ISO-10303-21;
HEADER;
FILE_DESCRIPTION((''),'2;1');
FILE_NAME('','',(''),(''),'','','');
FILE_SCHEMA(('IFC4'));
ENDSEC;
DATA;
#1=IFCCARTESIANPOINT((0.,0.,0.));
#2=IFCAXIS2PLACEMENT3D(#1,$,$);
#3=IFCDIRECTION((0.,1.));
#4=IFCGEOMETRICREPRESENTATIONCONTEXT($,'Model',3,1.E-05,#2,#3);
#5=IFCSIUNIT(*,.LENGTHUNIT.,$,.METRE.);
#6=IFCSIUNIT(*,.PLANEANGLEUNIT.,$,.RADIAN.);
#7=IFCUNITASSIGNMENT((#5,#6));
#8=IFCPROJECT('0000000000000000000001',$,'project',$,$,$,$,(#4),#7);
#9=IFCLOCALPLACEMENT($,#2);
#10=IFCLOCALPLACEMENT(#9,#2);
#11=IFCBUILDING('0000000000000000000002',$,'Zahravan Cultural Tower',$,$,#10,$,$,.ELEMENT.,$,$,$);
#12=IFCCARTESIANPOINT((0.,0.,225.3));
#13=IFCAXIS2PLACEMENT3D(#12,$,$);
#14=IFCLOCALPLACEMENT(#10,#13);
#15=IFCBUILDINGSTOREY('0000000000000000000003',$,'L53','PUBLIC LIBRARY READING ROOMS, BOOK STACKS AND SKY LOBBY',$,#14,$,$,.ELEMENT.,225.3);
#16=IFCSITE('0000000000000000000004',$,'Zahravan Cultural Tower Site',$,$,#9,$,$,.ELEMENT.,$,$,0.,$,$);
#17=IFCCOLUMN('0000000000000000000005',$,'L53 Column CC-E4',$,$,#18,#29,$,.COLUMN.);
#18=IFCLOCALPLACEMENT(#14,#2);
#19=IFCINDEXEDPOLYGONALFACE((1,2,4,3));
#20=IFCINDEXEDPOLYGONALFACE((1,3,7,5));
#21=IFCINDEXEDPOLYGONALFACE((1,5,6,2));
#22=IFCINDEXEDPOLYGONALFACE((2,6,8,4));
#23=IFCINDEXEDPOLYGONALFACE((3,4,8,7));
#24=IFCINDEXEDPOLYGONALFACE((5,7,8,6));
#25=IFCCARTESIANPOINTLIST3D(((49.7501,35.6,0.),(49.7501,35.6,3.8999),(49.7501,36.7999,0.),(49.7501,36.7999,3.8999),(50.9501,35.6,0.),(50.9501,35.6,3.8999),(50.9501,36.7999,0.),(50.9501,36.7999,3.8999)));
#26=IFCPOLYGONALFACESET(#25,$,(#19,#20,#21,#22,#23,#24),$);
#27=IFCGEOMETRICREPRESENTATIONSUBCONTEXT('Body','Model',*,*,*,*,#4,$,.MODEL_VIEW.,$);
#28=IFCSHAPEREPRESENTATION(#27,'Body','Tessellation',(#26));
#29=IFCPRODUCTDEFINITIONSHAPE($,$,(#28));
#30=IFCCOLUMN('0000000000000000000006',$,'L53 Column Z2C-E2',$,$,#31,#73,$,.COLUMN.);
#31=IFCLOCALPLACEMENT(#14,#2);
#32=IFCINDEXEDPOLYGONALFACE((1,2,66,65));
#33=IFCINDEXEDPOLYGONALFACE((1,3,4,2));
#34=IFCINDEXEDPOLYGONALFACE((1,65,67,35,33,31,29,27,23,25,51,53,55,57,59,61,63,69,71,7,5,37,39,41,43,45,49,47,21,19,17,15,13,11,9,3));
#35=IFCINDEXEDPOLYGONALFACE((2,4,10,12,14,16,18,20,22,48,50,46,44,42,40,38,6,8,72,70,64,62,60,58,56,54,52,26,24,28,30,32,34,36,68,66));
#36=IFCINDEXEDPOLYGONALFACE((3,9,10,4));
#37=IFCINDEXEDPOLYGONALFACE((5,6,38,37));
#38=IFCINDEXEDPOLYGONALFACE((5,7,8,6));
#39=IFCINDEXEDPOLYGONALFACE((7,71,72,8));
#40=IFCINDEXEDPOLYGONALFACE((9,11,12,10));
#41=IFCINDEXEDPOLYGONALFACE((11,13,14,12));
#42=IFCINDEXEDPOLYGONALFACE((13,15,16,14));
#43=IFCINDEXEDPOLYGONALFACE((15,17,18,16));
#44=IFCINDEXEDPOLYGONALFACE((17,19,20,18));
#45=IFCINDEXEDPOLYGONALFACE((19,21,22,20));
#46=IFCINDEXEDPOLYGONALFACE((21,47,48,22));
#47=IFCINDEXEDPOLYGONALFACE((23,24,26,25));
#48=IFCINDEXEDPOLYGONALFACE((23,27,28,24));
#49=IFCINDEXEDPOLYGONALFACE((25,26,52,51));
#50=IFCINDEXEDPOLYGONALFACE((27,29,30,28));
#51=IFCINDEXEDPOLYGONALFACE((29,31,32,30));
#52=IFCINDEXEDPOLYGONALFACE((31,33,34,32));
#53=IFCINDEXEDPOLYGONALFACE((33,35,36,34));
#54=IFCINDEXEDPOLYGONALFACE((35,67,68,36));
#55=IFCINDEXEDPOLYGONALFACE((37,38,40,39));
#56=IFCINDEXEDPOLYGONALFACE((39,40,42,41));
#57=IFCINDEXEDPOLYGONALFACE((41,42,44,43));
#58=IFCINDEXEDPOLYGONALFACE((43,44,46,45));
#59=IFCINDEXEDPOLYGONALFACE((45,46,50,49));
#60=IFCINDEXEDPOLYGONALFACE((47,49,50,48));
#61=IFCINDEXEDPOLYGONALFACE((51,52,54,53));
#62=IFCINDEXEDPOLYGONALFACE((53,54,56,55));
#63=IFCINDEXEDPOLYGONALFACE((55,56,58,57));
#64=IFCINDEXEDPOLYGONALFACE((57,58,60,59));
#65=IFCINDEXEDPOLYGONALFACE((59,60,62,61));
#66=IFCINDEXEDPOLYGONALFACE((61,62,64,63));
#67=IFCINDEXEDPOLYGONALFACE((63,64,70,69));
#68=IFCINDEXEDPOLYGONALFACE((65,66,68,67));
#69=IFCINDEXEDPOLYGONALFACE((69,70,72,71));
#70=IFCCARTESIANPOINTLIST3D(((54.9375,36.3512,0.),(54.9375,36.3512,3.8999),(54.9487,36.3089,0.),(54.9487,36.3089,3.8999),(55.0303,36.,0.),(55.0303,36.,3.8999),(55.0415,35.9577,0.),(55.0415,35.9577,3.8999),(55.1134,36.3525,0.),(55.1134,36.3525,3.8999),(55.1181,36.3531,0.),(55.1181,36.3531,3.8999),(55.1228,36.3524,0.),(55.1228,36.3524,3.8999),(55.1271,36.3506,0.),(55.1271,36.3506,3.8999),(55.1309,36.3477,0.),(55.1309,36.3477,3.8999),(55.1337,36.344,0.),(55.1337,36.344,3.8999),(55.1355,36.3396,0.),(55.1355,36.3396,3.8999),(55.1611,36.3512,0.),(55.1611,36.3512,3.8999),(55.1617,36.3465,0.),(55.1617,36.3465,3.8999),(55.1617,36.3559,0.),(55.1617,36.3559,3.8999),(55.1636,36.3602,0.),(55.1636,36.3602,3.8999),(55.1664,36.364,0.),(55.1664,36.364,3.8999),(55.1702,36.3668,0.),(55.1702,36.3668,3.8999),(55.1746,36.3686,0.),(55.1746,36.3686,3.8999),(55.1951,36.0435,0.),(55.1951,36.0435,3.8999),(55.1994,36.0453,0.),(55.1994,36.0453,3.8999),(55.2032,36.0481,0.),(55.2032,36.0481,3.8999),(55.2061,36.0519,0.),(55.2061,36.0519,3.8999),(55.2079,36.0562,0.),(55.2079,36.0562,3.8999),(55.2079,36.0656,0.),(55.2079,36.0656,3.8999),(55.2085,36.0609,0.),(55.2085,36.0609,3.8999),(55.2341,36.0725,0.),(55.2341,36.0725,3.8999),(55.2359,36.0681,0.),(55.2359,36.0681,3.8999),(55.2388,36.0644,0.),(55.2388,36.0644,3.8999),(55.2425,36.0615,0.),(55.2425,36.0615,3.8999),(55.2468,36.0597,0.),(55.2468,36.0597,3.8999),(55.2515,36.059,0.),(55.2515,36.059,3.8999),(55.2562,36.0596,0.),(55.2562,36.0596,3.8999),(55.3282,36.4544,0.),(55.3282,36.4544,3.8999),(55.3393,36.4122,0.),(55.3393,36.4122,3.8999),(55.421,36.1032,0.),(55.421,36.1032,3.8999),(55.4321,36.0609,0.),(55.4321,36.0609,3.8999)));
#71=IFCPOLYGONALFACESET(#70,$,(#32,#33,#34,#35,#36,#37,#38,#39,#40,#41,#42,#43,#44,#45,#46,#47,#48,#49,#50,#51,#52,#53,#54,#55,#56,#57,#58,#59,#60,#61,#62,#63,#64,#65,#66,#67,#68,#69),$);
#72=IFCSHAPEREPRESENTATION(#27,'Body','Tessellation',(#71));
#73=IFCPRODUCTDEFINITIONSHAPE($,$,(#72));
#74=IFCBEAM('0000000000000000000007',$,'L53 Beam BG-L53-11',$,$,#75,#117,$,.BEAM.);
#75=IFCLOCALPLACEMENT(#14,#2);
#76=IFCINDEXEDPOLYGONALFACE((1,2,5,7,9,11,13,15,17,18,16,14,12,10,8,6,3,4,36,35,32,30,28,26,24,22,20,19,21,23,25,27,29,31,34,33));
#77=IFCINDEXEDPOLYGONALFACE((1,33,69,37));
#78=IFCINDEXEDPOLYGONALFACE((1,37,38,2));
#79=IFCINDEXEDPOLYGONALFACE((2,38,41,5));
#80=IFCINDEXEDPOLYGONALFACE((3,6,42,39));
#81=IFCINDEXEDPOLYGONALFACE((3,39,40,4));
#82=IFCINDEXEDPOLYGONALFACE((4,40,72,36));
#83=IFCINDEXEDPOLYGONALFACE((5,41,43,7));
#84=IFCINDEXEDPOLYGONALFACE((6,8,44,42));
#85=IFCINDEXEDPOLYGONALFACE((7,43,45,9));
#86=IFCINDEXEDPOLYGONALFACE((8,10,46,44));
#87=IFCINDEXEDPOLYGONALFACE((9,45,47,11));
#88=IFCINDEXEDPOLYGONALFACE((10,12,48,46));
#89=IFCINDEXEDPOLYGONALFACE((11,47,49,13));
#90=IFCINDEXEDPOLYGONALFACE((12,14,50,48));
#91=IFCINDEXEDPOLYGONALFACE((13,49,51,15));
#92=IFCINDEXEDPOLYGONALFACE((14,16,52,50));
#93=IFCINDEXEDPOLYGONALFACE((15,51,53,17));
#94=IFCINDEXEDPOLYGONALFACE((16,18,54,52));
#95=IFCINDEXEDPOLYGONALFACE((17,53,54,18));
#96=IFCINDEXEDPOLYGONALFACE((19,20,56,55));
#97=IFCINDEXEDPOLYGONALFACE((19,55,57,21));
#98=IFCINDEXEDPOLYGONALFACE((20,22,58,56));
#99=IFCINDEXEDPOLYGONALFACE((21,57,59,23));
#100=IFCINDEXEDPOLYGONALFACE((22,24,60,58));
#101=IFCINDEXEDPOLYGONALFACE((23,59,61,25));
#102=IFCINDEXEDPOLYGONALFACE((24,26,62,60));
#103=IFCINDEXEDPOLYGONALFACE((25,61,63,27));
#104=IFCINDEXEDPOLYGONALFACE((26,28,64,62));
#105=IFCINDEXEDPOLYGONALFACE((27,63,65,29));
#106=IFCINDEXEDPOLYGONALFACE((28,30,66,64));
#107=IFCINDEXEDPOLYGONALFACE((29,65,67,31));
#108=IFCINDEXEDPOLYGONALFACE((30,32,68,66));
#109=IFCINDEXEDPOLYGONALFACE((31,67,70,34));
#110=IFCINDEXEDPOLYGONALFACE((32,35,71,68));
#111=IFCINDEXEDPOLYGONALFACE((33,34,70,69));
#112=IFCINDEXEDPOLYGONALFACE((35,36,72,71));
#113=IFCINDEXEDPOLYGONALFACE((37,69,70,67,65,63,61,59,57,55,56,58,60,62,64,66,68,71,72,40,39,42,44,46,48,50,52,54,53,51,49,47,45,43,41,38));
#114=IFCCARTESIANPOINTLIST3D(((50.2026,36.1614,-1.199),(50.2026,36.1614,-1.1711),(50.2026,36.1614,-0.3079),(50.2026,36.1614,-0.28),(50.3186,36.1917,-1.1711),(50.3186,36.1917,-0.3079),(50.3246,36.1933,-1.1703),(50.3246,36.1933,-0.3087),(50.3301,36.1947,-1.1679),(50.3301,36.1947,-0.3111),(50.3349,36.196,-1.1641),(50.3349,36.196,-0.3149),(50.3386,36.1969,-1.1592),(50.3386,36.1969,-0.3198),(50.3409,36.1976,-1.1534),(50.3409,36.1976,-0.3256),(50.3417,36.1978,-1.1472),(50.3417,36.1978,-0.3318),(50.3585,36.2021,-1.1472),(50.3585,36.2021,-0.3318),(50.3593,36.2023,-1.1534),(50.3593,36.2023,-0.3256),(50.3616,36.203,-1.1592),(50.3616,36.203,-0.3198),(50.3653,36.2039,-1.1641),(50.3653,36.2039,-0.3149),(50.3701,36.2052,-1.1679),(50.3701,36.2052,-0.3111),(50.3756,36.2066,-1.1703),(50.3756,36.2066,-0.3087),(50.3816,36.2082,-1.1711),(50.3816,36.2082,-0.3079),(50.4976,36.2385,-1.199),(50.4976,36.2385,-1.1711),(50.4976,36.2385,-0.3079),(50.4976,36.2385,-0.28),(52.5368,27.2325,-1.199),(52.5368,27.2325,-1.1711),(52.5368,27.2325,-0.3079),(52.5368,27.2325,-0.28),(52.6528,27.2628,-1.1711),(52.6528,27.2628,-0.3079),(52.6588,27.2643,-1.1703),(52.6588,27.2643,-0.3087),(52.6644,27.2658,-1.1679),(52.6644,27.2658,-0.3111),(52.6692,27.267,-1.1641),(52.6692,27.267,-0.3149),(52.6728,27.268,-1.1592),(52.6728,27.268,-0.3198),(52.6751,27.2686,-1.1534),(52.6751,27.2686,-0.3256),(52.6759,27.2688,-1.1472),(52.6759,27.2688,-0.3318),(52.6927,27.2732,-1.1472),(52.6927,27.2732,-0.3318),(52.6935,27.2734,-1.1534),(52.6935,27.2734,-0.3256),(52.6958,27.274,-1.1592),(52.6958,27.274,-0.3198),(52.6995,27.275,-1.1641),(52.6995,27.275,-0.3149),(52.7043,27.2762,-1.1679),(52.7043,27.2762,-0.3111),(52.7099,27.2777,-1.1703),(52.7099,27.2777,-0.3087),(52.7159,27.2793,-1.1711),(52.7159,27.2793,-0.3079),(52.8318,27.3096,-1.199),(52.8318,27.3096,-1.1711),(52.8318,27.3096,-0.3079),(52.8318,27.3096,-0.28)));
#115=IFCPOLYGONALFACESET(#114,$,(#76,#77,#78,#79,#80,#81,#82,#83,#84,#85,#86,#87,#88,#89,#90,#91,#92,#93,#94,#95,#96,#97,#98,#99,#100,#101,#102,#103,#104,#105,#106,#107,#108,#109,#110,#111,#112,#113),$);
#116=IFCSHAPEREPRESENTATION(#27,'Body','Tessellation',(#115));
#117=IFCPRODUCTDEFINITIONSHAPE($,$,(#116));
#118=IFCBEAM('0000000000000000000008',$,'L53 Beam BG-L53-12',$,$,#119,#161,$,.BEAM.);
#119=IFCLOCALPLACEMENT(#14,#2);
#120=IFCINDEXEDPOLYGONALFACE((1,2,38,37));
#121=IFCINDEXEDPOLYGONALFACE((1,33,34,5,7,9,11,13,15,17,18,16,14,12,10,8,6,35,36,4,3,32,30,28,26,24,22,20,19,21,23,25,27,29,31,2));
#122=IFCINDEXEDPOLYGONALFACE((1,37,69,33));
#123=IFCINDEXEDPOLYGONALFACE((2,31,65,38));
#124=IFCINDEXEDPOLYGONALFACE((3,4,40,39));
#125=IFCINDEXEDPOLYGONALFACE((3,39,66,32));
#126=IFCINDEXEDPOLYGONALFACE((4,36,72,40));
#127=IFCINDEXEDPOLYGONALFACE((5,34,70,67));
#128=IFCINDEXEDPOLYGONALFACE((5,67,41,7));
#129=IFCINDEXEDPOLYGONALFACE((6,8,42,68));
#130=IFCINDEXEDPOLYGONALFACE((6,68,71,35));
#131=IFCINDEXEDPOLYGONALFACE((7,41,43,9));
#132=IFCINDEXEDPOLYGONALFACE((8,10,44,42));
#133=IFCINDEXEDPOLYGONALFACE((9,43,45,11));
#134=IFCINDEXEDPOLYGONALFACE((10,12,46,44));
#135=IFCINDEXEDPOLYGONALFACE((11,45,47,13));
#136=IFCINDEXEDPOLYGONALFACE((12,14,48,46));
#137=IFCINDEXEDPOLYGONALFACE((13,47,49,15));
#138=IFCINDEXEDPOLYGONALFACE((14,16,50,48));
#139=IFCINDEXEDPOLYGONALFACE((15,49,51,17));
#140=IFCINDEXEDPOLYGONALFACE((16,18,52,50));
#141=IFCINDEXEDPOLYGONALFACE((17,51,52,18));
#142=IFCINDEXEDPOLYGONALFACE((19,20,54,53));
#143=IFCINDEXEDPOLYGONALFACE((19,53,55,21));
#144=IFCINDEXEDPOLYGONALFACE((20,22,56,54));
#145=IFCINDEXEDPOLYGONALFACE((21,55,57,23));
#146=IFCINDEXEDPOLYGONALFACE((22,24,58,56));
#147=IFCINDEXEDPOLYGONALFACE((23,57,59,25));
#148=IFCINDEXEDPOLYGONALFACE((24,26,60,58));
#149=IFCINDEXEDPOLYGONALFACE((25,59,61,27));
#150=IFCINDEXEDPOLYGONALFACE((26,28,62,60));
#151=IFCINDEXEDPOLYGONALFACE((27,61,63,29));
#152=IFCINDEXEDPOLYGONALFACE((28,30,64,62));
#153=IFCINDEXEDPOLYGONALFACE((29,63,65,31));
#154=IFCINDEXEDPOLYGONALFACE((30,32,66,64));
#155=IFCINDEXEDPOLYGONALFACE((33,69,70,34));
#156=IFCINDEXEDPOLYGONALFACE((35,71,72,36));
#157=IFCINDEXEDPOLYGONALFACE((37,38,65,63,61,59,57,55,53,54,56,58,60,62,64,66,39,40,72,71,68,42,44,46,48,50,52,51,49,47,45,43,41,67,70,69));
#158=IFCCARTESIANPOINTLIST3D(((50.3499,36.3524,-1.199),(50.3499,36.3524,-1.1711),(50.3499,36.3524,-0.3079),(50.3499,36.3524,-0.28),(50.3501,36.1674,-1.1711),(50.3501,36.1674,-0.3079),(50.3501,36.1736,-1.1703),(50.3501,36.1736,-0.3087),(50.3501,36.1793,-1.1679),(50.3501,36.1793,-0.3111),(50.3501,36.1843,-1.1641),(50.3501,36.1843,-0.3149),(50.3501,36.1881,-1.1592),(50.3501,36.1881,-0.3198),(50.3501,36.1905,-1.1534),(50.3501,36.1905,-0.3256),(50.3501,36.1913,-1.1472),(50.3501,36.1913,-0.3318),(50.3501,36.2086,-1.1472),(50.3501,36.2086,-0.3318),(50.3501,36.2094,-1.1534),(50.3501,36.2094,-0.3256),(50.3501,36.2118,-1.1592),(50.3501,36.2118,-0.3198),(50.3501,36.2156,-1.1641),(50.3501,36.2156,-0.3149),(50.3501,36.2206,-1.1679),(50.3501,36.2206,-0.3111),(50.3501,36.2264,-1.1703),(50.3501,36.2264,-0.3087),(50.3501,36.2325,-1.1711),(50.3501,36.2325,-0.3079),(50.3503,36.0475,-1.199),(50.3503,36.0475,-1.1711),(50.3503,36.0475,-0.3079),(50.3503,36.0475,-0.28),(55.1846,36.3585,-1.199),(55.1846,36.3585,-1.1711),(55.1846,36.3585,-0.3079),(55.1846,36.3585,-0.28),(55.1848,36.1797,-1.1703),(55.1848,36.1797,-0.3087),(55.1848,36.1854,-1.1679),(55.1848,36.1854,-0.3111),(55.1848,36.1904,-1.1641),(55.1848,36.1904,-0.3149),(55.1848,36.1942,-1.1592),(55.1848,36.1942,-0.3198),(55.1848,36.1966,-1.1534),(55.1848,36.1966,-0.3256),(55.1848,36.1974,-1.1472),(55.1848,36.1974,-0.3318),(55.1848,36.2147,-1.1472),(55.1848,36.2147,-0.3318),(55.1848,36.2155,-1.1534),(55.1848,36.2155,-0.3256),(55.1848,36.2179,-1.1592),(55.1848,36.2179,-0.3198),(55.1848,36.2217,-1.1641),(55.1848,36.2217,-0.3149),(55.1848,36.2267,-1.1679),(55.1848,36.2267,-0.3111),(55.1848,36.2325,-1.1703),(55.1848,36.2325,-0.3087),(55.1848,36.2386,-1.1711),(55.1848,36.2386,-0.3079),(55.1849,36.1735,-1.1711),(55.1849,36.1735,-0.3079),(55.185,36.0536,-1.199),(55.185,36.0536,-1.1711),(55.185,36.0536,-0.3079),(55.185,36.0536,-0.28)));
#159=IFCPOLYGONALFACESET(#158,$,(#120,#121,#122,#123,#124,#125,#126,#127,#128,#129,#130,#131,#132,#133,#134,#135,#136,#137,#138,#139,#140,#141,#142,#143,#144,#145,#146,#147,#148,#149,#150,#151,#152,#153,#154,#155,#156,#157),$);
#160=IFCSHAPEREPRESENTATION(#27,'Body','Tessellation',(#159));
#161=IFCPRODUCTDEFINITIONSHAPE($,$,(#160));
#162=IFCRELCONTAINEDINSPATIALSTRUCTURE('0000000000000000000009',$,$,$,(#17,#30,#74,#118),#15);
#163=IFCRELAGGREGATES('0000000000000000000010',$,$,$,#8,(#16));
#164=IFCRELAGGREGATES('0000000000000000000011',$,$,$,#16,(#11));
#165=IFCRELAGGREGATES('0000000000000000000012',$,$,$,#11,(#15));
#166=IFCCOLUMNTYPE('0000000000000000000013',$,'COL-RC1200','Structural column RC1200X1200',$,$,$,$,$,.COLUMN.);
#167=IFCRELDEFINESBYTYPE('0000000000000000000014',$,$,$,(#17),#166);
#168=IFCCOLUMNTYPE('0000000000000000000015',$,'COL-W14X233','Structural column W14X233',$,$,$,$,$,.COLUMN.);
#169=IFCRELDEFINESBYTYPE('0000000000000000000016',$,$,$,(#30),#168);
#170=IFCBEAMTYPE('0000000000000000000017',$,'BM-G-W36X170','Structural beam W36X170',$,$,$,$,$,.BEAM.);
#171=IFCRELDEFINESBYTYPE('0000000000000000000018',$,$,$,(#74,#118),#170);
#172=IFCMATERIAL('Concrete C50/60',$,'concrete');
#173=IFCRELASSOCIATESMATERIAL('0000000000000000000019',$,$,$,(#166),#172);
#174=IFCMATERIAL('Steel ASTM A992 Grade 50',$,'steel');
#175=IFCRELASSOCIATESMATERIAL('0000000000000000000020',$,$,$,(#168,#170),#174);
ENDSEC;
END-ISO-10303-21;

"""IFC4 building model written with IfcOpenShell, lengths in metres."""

from ifc_helpers import new_model, si_unit, direction, frame, origin, origin_2d, place, context, subcontext, project, spatial, rectangle, i_section, extrude, source, transform, mapped, material, material_profile, profile_set, type_object, element, save


model = new_model("IFC4")

# Units and contexts
model_context = context("Model", 3, precision=1e-05, world=origin(), true_north=direction((0.0, 1.0)))
body_context = subcontext(model_context, "Body", "Model", "MODEL_VIEW")
ifc_project = project(units=[si_unit("LENGTHUNIT", "METRE"), si_unit("PLANEANGLEUNIT", "RADIAN")], contexts=[model_context])

# Site, building, storey
site_placement = place(None, origin())
site = spatial("IfcSite", under=ifc_project, at=site_placement, Name="Zahravan Cultural Tower Site", CompositionType="ELEMENT", RefElevation=0.0)
building_placement = place(site_placement, origin())
building = spatial("IfcBuilding", under=site, at=building_placement, Name="Zahravan Cultural Tower", CompositionType="ELEMENT")
storey_placement = place(building_placement, frame((0.0, 0.0, 225.3)))
storey = spatial("IfcBuildingStorey", under=building, at=storey_placement, Name="L53", Description="PUBLIC LIBRARY READING ROOMS, BOOK STACKS AND SKY LOBBY", CompositionType="ELEMENT", Elevation=225.3)

# Columns
ifc_material_1 = material(Name="Concrete C50/60", Category="concrete")
ifc_material_profile_1 = material_profile(ifc_material_1, rectangle(XDim=1.2, YDim=1.2, at=origin_2d()), Name="RC1200X1200")
ifc_profile_set_1 = profile_set([ifc_material_profile_1], Name="Concrete C50/60")
column_type_1 = type_object("IfcColumnType", Name="COL-RC1200", Description="Structural column RC1200X1200", PredefinedType="COLUMN", material=ifc_profile_set_1)
shared_shape_1 = source(origin(), body_context, "Body", "SweptSolid", [
    extrude(rectangle(XDim=1.2, YDim=1.2, at=origin_2d()), origin(), (0.0, 0.0, 1.0), 3.8999),
])
column_1_placement = place(storey_placement, frame((50.3501, 36.2, 0.0), z_axis=(0.0, 0.0, 1.0), x_axis=(1.0, 0.0, 0.0)))
element("IfcColumn", 1, at=column_1_placement, inside=storey, type_object=column_type_1, Name="L53 Column CC-E4", PredefinedType="COLUMN", context=body_context, shape_type="MappedRepresentation", body=[
    mapped(shared_shape_1, transform((0.0, 0.0, 0.0), x_axis=(1.0, 0.0, 0.0), y_axis=(0.0, 1.0, 0.0), z_axis=(0.0, 0.0, 1.0), scale=1.0)),
])
ifc_material_2 = material(Name="Steel ASTM A992 Grade 50", Category="steel")
ifc_material_profile_2 = material_profile(ifc_material_2, i_section(OverallWidth=0.4041, OverallDepth=0.407, WebThickness=0.0271, FlangeThickness=0.0437, FilletRadius=0.0181, at=origin_2d()), Name="W14X233")
ifc_profile_set_2 = profile_set([ifc_material_profile_2], Name="Steel ASTM A992 Grade 50")
column_type_2 = type_object("IfcColumnType", Name="COL-W14X233", Description="Structural column W14X233", PredefinedType="COLUMN", material=ifc_profile_set_2)
shared_shape_2 = source(origin(), body_context, "Body", "SweptSolid", [
    extrude(i_section(OverallWidth=0.4041, OverallDepth=0.407, WebThickness=0.0271, FlangeThickness=0.0437, FilletRadius=0.0181, at=origin_2d()), origin(), (0.0, 0.0, 1.0), 3.8999),
])
column_2_placement = place(storey_placement, frame((55.1848, 36.2061, 0.0), z_axis=(0.0, 0.0, 1.0), x_axis=(0.966823, 0.255446, 0.0)))
element("IfcColumn", 2, at=column_2_placement, inside=storey, type_object=column_type_2, Name="L53 Column Z2C-E2", PredefinedType="COLUMN", context=body_context, shape_type="MappedRepresentation", body=[
    mapped(shared_shape_2, transform((0.0, 0.0, 0.0), x_axis=(1.0, 0.0, 0.0), y_axis=(0.0, 1.0, 0.0), z_axis=(0.0, 0.0, 1.0), scale=1.0)),
])

# Beams
ifc_material_profile_3 = material_profile(ifc_material_2, i_section(OverallWidth=0.3049, OverallDepth=0.9189, WebThickness=0.0173, FlangeThickness=0.0278, FilletRadius=0.0239, at=origin_2d()), Name="W36X170")
ifc_profile_set_3 = profile_set([ifc_material_profile_3], Name="Steel ASTM A992 Grade 50")
beam_type_1 = type_object("IfcBeamType", Name="BM-G-W36X170", Description="Structural beam W36X170", PredefinedType="BEAM", material=ifc_profile_set_3)
shared_shape_3 = source(origin(), body_context, "Body", "SweptSolid", [
    extrude(i_section(OverallWidth=0.3049, OverallDepth=0.9189, WebThickness=0.0173, FlangeThickness=0.0278, FilletRadius=0.0239, at=origin_2d()), origin(), (0.0, 0.0, 1.0), 9.229),
])
beam_1_placement = place(storey_placement, frame((50.3501, 36.2, -0.7395), z_axis=(0.252923, -0.967487, 0.0), x_axis=(0.967487, 0.252923, 0.0)))
element("IfcBeam", 3, at=beam_1_placement, inside=storey, type_object=beam_type_1, Name="L53 Beam BG-L53-11", PredefinedType="BEAM", context=body_context, shape_type="MappedRepresentation", body=[
    mapped(shared_shape_3, transform((0.0, 0.0, 0.0), x_axis=(1.0, 0.0, 0.0), y_axis=(0.0, 1.0, 0.0), z_axis=(0.0, 0.0, 1.0), scale=1.0)),
])
shared_shape_4 = source(origin(), body_context, "Body", "SweptSolid", [
    extrude(i_section(OverallWidth=0.3049, OverallDepth=0.9189, WebThickness=0.0173, FlangeThickness=0.0278, FilletRadius=0.0239, at=origin_2d()), origin(), (0.0, 0.0, 1.0), 4.8347),
])
beam_2_placement = place(storey_placement, frame((50.3501, 36.2, -0.7395), z_axis=(0.999999, 0.001262, 0.0), x_axis=(-0.001262, 0.999999, 0.0)))
element("IfcBeam", 4, at=beam_2_placement, inside=storey, type_object=beam_type_1, Name="L53 Beam BG-L53-12", PredefinedType="BEAM", context=body_context, shape_type="MappedRepresentation", body=[
    mapped(shared_shape_4, transform((0.0, 0.0, 0.0), x_axis=(1.0, 0.0, 0.0), y_axis=(0.0, 1.0, 0.0), z_axis=(0.0, 0.0, 1.0), scale=1.0)),
])

save(model, "model.ifc")
